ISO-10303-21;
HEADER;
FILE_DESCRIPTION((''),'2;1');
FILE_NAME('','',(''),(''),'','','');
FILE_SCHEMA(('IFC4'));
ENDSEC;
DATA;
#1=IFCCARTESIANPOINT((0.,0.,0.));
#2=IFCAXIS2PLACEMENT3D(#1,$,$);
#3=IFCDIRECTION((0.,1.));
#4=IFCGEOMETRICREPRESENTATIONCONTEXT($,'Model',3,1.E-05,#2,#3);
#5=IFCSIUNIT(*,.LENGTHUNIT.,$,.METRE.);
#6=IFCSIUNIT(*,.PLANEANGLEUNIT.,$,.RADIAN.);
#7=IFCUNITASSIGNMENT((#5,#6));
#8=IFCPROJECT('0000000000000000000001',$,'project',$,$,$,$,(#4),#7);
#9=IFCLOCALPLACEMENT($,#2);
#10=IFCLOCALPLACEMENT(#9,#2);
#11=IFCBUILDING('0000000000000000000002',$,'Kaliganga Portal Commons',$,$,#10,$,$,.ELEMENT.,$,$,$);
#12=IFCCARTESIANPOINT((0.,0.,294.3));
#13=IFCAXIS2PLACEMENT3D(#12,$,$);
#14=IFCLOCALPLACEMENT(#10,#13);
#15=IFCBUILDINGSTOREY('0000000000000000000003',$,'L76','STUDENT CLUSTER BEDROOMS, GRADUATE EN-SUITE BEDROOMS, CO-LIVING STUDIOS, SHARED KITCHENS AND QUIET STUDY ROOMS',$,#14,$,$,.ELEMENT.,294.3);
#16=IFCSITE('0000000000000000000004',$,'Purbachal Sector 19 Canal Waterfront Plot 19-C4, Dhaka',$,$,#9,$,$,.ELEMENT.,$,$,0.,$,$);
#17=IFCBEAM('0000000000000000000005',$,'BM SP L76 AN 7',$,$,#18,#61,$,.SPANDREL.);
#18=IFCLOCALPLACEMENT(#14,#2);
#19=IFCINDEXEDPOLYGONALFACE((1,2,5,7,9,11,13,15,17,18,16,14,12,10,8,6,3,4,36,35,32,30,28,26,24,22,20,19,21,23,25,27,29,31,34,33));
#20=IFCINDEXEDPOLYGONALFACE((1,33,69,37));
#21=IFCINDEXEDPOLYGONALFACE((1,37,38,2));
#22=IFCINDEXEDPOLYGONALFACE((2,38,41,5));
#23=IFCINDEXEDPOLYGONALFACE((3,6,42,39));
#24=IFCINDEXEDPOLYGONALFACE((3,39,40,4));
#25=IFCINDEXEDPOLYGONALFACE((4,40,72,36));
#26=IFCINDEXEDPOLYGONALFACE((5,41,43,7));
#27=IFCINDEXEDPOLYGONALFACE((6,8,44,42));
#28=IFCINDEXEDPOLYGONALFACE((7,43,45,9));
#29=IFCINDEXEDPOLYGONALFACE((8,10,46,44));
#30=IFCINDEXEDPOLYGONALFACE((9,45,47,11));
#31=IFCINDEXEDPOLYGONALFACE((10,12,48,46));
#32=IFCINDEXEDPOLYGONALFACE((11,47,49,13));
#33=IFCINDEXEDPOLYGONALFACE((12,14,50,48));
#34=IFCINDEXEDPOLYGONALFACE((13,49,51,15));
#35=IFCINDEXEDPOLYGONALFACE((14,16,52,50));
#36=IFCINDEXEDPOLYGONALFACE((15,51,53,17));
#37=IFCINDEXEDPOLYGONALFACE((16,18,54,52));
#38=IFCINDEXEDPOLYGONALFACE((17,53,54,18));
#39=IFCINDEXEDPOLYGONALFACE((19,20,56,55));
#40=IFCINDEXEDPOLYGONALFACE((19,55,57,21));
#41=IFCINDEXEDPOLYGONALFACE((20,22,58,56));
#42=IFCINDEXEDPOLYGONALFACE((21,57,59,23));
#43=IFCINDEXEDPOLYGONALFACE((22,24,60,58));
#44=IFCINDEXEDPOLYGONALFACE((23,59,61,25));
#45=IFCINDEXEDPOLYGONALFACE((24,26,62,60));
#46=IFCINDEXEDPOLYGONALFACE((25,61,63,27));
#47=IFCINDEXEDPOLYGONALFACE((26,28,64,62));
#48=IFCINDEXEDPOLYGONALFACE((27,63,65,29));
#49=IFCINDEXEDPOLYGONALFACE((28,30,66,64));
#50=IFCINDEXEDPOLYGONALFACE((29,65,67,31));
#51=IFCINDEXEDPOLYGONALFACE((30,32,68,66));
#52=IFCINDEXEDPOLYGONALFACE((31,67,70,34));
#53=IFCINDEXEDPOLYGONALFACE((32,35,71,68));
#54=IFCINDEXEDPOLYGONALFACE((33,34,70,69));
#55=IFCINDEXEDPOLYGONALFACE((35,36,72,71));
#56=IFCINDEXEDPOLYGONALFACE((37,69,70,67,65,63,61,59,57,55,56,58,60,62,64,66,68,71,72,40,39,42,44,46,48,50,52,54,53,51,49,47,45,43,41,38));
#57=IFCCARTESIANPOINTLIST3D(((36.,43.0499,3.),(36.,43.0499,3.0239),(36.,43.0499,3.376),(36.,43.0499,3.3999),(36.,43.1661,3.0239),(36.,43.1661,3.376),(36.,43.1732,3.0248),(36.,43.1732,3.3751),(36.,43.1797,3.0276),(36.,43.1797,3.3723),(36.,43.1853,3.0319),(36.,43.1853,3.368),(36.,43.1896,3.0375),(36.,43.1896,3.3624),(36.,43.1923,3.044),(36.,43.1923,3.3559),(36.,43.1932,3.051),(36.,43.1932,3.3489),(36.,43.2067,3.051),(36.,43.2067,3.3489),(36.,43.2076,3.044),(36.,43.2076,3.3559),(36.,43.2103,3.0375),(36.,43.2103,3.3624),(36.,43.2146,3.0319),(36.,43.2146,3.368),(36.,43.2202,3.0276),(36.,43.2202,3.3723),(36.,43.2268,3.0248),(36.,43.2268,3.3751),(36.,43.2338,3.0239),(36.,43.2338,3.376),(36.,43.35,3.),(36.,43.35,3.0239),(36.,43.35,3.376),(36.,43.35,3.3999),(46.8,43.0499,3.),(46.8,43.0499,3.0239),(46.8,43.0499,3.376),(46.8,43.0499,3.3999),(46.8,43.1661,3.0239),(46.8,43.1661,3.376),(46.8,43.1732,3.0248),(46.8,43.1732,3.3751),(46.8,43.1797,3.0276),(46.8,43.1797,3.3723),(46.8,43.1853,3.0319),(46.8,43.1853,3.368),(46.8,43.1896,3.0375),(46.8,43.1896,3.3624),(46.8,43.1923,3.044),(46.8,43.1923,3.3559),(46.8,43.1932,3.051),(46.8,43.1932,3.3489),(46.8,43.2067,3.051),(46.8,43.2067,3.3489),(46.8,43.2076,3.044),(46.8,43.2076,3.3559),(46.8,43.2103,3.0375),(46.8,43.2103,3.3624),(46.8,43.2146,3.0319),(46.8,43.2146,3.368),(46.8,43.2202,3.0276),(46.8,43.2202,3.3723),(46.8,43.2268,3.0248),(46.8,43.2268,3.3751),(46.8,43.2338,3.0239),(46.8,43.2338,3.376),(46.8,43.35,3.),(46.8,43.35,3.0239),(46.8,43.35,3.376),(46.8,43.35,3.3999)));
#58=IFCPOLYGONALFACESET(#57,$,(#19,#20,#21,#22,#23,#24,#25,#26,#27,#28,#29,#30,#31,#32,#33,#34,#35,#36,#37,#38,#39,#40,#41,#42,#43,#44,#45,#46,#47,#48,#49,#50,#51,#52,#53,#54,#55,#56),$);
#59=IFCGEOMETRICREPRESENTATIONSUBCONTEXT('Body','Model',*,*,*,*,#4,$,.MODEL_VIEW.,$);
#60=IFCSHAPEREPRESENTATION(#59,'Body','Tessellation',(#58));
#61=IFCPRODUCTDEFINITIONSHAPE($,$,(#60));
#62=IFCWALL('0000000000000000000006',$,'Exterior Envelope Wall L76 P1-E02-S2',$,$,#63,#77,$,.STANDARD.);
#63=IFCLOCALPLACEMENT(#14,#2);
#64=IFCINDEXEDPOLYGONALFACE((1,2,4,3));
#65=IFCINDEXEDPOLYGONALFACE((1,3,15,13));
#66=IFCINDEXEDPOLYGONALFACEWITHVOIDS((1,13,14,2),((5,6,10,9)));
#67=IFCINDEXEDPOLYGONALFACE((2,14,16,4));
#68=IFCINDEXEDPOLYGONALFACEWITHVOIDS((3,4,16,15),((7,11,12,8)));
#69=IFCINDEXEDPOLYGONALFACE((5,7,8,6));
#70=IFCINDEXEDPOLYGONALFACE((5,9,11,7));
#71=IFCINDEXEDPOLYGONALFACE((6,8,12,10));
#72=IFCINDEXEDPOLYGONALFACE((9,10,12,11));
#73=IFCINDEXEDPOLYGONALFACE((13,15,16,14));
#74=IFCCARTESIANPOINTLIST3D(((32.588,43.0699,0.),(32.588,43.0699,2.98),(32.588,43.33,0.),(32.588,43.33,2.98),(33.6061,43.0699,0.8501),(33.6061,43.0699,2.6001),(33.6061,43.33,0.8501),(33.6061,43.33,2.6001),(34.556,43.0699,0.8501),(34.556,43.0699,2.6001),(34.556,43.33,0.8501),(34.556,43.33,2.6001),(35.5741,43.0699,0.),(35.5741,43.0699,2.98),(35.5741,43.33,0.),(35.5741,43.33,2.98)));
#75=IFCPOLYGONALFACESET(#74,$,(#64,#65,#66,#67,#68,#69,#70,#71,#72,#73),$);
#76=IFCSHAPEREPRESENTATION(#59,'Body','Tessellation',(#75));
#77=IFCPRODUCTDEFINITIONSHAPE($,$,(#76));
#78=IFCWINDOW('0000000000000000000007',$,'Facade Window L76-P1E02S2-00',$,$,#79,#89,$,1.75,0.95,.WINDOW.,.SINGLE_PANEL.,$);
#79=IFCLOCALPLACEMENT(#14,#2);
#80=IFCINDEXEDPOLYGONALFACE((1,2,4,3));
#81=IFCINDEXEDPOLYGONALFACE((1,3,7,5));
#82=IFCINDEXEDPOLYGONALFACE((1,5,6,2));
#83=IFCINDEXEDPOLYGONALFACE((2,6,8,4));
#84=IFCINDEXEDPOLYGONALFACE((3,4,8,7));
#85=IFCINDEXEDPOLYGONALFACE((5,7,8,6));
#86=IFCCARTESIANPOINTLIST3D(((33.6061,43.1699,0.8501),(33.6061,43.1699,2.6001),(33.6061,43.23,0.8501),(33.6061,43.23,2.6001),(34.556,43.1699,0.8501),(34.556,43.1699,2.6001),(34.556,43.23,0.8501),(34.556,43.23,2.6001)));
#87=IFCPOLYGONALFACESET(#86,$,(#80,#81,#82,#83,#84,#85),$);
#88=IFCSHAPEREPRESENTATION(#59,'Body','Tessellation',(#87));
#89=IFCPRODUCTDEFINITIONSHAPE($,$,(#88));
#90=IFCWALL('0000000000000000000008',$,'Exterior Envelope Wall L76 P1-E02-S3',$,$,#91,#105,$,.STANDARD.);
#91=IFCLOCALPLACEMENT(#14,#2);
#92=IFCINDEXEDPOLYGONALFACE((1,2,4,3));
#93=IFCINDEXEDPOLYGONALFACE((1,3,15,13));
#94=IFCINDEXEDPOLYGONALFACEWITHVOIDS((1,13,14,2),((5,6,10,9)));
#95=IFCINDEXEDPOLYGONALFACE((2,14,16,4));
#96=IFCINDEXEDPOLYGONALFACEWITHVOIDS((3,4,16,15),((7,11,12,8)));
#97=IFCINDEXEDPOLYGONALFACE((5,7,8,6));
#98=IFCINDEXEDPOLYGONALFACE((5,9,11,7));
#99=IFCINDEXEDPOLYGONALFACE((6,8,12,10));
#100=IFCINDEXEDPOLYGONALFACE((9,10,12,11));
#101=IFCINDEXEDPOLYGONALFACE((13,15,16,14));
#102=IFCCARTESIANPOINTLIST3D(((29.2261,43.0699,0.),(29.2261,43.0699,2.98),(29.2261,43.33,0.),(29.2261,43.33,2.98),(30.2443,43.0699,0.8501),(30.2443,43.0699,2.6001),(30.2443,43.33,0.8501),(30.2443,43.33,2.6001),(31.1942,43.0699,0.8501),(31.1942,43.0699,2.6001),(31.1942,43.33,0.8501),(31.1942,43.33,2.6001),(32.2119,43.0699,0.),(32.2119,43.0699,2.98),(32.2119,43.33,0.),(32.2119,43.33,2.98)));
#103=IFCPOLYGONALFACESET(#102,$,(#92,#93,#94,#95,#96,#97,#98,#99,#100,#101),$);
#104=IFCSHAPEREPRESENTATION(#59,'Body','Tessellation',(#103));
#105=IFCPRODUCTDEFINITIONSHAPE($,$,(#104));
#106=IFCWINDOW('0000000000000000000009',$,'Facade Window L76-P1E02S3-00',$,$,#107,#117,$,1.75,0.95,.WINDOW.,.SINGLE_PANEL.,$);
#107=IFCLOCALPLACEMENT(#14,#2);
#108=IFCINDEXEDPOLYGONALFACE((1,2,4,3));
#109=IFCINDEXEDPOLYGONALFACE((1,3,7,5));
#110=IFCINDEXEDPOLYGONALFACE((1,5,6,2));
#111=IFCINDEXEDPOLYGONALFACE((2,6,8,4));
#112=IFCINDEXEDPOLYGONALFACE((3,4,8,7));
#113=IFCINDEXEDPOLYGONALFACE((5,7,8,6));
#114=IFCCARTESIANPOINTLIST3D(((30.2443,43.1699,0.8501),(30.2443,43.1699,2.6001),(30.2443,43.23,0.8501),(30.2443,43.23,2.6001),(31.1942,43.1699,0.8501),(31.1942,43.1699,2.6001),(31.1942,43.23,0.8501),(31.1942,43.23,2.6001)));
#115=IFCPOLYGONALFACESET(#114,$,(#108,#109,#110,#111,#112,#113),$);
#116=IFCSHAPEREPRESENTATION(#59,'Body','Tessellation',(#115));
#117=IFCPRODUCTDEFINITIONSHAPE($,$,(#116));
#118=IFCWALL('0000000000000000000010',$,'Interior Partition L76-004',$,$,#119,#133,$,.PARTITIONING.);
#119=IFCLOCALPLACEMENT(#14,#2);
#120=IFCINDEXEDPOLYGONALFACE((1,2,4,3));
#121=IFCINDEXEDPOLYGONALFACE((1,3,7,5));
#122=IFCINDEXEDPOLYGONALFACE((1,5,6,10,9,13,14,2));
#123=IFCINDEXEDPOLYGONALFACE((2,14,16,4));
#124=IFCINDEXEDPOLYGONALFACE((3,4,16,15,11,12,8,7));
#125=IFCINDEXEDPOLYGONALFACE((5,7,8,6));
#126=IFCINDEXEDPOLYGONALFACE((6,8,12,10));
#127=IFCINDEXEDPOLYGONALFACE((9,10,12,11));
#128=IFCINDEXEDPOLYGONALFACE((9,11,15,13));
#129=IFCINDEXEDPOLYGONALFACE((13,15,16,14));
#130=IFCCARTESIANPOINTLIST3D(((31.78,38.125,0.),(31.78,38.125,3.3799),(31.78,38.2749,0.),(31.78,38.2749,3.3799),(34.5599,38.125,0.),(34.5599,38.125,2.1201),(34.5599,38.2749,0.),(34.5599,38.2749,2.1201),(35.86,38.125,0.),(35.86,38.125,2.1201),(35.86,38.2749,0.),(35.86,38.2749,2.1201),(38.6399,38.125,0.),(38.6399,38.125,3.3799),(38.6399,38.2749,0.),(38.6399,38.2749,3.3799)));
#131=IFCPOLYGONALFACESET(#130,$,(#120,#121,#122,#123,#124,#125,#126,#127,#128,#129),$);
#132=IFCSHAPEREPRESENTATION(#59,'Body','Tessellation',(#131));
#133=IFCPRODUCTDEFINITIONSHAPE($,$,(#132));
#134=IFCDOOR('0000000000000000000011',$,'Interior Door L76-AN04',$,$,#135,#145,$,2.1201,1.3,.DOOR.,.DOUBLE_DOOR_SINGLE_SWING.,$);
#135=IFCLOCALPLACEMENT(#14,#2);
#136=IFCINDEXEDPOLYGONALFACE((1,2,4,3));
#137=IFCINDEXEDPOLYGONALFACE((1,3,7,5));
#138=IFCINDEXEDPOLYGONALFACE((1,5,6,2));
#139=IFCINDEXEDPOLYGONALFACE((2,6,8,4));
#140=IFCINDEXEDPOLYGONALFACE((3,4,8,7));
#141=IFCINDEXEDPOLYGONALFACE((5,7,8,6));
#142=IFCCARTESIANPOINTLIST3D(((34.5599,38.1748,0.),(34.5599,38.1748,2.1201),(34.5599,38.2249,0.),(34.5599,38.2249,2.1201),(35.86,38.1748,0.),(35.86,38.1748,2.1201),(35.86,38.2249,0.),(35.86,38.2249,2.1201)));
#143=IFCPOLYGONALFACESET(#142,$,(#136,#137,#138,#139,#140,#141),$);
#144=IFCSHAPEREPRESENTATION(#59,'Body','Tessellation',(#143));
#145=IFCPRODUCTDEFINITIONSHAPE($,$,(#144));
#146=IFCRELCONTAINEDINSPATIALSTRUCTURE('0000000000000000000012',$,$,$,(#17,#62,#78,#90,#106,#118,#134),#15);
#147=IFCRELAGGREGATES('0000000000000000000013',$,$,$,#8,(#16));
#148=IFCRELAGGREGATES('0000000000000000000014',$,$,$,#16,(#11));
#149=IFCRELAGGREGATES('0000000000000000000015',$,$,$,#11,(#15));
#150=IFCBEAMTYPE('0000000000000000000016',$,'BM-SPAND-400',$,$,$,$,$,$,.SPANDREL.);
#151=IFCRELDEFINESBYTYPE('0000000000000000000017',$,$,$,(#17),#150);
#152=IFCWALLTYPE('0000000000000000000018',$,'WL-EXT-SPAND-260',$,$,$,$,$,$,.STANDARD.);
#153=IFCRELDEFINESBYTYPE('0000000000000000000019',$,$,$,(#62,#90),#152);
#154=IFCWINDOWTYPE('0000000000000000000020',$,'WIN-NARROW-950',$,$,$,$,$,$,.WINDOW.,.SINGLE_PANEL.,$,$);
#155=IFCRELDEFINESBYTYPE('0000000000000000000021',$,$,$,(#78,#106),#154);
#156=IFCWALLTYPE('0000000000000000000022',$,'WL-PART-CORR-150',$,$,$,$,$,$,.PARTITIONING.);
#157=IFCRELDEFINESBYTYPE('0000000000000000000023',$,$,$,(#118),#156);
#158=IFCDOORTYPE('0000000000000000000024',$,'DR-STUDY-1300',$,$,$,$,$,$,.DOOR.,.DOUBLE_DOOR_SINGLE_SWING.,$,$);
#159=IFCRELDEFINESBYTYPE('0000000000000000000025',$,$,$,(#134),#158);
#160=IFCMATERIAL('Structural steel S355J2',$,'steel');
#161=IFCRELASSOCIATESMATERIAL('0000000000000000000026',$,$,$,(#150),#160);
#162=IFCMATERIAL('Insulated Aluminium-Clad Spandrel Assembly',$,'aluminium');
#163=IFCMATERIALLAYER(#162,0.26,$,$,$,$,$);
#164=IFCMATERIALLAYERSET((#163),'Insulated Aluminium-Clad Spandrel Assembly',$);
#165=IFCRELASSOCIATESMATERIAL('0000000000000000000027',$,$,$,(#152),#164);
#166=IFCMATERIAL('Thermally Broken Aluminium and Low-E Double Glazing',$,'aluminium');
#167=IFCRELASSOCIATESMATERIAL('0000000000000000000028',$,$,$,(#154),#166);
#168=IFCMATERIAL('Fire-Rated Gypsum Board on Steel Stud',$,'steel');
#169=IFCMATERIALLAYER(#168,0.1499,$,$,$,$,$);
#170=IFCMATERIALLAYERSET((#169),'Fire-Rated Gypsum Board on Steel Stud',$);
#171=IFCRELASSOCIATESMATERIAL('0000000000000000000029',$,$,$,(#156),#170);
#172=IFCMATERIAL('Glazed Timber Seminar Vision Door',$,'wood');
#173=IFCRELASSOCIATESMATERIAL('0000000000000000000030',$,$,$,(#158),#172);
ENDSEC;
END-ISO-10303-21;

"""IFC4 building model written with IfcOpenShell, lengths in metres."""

from ifc_helpers import new_model, si_unit, direction, frame, frame_2d, origin, origin_2d, place, context, subcontext, project, spatial, rectangle, i_section, extrude, source, transform, mapped, material, layer, layer_set, material_profile, profile_set, type_object, element, fill, save


model = new_model("IFC4")

# Units and contexts
model_context = context("Model", 3, precision=1e-05, world=origin(), true_north=direction((0.0, 1.0)))
body_context = subcontext(model_context, "Body", "Model", "MODEL_VIEW")
ifc_project = project(units=[si_unit("LENGTHUNIT", "METRE"), si_unit("PLANEANGLEUNIT", "RADIAN")], contexts=[model_context])

# Site, building, storey
site_placement = place(None, origin())
site = spatial("IfcSite", under=ifc_project, at=site_placement, Name="Purbachal Sector 19 Canal Waterfront Plot 19-C4, Dhaka", CompositionType="ELEMENT", RefElevation=0.0)
building_placement = place(site_placement, origin())
building = spatial("IfcBuilding", under=site, at=building_placement, Name="Kaliganga Portal Commons", CompositionType="ELEMENT")
storey_placement = place(building_placement, frame((0.0, 0.0, 294.3)))
storey = spatial("IfcBuildingStorey", under=building, at=storey_placement, Name="L76", Description="STUDENT CLUSTER BEDROOMS, GRADUATE EN-SUITE BEDROOMS, CO-LIVING STUDIOS, SHARED KITCHENS AND QUIET STUDY ROOMS", CompositionType="ELEMENT", Elevation=294.3)

# Shared definitions
ifc_material_1 = material(Name="Structural steel S355J2", Category="steel")

# Beam
ifc_material_profile_1 = material_profile(ifc_material_1, i_section(OverallWidth=0.3, OverallDepth=0.3999, WebThickness=0.0134, FlangeThickness=0.0239, FilletRadius=0.0271, at=origin_2d()), Name="HE 400 B")
ifc_profile_set_1 = profile_set([ifc_material_profile_1], Name="Structural steel S355J2 wide-flange")
beam_type = type_object("IfcBeamType", Name="BM-SPAND-400", PredefinedType="SPANDREL", material=ifc_profile_set_1)
shared_shape_1 = source(origin(), body_context, "Body", "SweptSolid", [
    extrude(i_section(OverallWidth=0.3, OverallDepth=0.3999, WebThickness=0.0134, FlangeThickness=0.0239, FilletRadius=0.0271, at=origin_2d()), origin(), (0.0, 0.0, 1.0), 10.8),
])
beam_1_placement = place(storey_placement, frame((36.0, 43.2, 3.2), z_axis=(1.0, 0.0, 0.0), x_axis=(0.0, 1.0, 0.0)))
element("IfcBeam", 1, at=beam_1_placement, inside=storey, type_object=beam_type, Name="BM SP L76 AN 7", PredefinedType="SPANDREL", context=body_context, shape_type="MappedRepresentation", body=[
    mapped(shared_shape_1, transform((0.0, 0.0, 0.0), x_axis=(1.0, 0.0, 0.0), y_axis=(0.0, 1.0, 0.0), z_axis=(0.0, 0.0, 1.0), scale=1.0)),
])

# Shared definitions
ifc_material_2 = material(Name="Insulated Aluminium-Clad Spandrel Assembly", Category="aluminium")
ifc_layer_1 = layer(ifc_material_2, 0.26)
ifc_layer_set_1 = layer_set([ifc_layer_1], Name="Insulated Aluminium-Clad Spandrel Assembly")
wall_type_1 = type_object("IfcWallType", Name="WL-EXT-SPAND-260", PredefinedType="STANDARD", material=ifc_layer_set_1)

# Walls, openings, windows
wall_1_placement = place(storey_placement, frame((32.5879, 43.2, 0.0), z_axis=(0.0, 0.0, 1.0), x_axis=(1.0, 0.0, 0.0)))
wall_1 = element("IfcWall", 2, at=wall_1_placement, inside=storey, type_object=wall_type_1, Name="Exterior Envelope Wall L76 P1-E02-S2", PredefinedType="STANDARD", context=body_context, shape_type="SweptSolid", body=[
    extrude(rectangle(XDim=2.9861, YDim=0.26, at=frame_2d((1.4932, 0.0))), origin(), (0.0, 0.0, 1.0), 2.98),
])
opening_1_placement = place(wall_1_placement, frame((1.0181, 0.0, 0.8501)))
opening_1 = element("IfcOpeningElement", 3, at=opening_1_placement, cuts=wall_1, PredefinedType="OPENING", context=body_context, shape_type="SweptSolid", body=[
    extrude(rectangle(XDim=0.95, YDim=1.75, at=frame_2d((0.4751, 0.875))), frame((0.0, 0.1401, 0.0), z_axis=(0.0, -1.0, 0.0), x_axis=(1.0, 0.0, 0.0)), (0.0, 0.0, 1.0), 0.28),
])
ifc_material_3 = material(Name="Thermally Broken Aluminium and Low-E Double Glazing", Category="aluminium")
window_type = type_object("IfcWindowType", Name="WIN-NARROW-950", PartitioningType="SINGLE_PANEL", PredefinedType="WINDOW", material=ifc_material_3)
window_1_placement = place(opening_1_placement, origin())
window_1 = element("IfcWindow", 4, at=window_1_placement, inside=storey, type_object=window_type, Name="Facade Window L76-P1E02S2-00", OverallHeight=1.75, OverallWidth=0.95, PartitioningType="SINGLE_PANEL", PredefinedType="WINDOW", context=body_context, shape_type="SweptSolid", body=[
    extrude(rectangle(XDim=0.95, YDim=1.75, at=frame_2d((0.4751, 0.875))), frame((0.0, 0.03, 0.0), z_axis=(0.0, -1.0, 0.0), x_axis=(1.0, 0.0, 0.0)), (0.0, 0.0, 1.0), 0.0601),
])
fill(opening_1, window_1)
wall_2_placement = place(storey_placement, frame((29.2261, 43.2, 0.0), z_axis=(0.0, 0.0, 1.0), x_axis=(1.0, 0.0, 0.0)))
wall_2 = element("IfcWall", 5, at=wall_2_placement, inside=storey, type_object=wall_type_1, Name="Exterior Envelope Wall L76 P1-E02-S3", PredefinedType="STANDARD", context=body_context, shape_type="SweptSolid", body=[
    extrude(rectangle(XDim=2.9858, YDim=0.26, at=frame_2d((1.4929, 0.0))), origin(), (0.0, 0.0, 1.0), 2.98),
])
opening_2_placement = place(wall_2_placement, frame((1.0181, 0.0, 0.8501)))
opening_2 = element("IfcOpeningElement", 6, at=opening_2_placement, cuts=wall_2, PredefinedType="OPENING", context=body_context, shape_type="SweptSolid", body=[
    extrude(rectangle(XDim=0.95, YDim=1.75, at=frame_2d((0.4751, 0.875))), frame((0.0, 0.1401, 0.0), z_axis=(0.0, -1.0, 0.0), x_axis=(1.0, 0.0, 0.0)), (0.0, 0.0, 1.0), 0.28),
])
window_2_placement = place(opening_2_placement, origin())
window_2 = element("IfcWindow", 7, at=window_2_placement, inside=storey, type_object=window_type, Name="Facade Window L76-P1E02S3-00", OverallHeight=1.75, OverallWidth=0.95, PartitioningType="SINGLE_PANEL", PredefinedType="WINDOW", context=body_context, shape_type="SweptSolid", body=[
    extrude(rectangle(XDim=0.95, YDim=1.75, at=frame_2d((0.4751, 0.875))), frame((0.0, 0.03, 0.0), z_axis=(0.0, -1.0, 0.0), x_axis=(1.0, 0.0, 0.0)), (0.0, 0.0, 1.0), 0.0601),
])
fill(opening_2, window_2)

# Wall, opening, door
ifc_material_4 = material(Name="Fire-Rated Gypsum Board on Steel Stud", Category="steel")
ifc_layer_2 = layer(ifc_material_4, 0.1499)
ifc_layer_set_2 = layer_set([ifc_layer_2], Name="Fire-Rated Gypsum Board on Steel Stud")
wall_type_2 = type_object("IfcWallType", Name="WL-PART-CORR-150", PredefinedType="PARTITIONING", material=ifc_layer_set_2)
wall_3_placement = place(storey_placement, frame((31.78, 38.2, 0.0), z_axis=(0.0, 0.0, 1.0), x_axis=(1.0, 0.0, 0.0)))
wall_3 = element("IfcWall", 8, at=wall_3_placement, inside=storey, type_object=wall_type_2, Name="Interior Partition L76-004", PredefinedType="PARTITIONING", context=body_context, shape_type="SweptSolid", body=[
    extrude(rectangle(XDim=6.8599, YDim=0.1499, at=frame_2d((3.4299, 0.0))), origin(), (0.0, 0.0, 1.0), 3.3799),
])
opening_3_placement = place(wall_3_placement, frame((2.78, 0.0, 0.0)))
opening_3 = element("IfcOpeningElement", 9, at=opening_3_placement, cuts=wall_3, PredefinedType="OPENING", context=body_context, shape_type="SweptSolid", body=[
    extrude(rectangle(XDim=1.3, YDim=2.1201, at=frame_2d((0.6499, 1.0601))), frame((0.0, 0.085, 0.0), z_axis=(0.0, -1.0, 0.0), x_axis=(1.0, 0.0, 0.0)), (0.0, 0.0, 1.0), 0.1699),
])
ifc_material_5 = material(Name="Glazed Timber Seminar Vision Door", Category="wood")
door_type_1 = type_object("IfcDoorType", Name="DR-STUDY-1300", OperationType="DOUBLE_DOOR_SINGLE_SWING", PredefinedType="DOOR", material=ifc_material_5)
door_1_placement = place(opening_3_placement, origin())
door_1 = element("IfcDoor", 10, at=door_1_placement, inside=storey, type_object=door_type_1, Name="Interior Door L76-AN04", OperationType="DOUBLE_DOOR_SINGLE_SWING", OverallHeight=2.1201, OverallWidth=1.3, PredefinedType="DOOR", context=body_context, shape_type="SweptSolid", body=[
    extrude(rectangle(XDim=1.3, YDim=2.1201, at=frame_2d((0.6499, 1.0601))), frame((0.0, 0.0249, 0.0), z_axis=(0.0, -1.0, 0.0), x_axis=(1.0, 0.0, 0.0)), (0.0, 0.0, 1.0), 0.05),
])
fill(opening_3, door_1)

save(model, "model.ifc")
